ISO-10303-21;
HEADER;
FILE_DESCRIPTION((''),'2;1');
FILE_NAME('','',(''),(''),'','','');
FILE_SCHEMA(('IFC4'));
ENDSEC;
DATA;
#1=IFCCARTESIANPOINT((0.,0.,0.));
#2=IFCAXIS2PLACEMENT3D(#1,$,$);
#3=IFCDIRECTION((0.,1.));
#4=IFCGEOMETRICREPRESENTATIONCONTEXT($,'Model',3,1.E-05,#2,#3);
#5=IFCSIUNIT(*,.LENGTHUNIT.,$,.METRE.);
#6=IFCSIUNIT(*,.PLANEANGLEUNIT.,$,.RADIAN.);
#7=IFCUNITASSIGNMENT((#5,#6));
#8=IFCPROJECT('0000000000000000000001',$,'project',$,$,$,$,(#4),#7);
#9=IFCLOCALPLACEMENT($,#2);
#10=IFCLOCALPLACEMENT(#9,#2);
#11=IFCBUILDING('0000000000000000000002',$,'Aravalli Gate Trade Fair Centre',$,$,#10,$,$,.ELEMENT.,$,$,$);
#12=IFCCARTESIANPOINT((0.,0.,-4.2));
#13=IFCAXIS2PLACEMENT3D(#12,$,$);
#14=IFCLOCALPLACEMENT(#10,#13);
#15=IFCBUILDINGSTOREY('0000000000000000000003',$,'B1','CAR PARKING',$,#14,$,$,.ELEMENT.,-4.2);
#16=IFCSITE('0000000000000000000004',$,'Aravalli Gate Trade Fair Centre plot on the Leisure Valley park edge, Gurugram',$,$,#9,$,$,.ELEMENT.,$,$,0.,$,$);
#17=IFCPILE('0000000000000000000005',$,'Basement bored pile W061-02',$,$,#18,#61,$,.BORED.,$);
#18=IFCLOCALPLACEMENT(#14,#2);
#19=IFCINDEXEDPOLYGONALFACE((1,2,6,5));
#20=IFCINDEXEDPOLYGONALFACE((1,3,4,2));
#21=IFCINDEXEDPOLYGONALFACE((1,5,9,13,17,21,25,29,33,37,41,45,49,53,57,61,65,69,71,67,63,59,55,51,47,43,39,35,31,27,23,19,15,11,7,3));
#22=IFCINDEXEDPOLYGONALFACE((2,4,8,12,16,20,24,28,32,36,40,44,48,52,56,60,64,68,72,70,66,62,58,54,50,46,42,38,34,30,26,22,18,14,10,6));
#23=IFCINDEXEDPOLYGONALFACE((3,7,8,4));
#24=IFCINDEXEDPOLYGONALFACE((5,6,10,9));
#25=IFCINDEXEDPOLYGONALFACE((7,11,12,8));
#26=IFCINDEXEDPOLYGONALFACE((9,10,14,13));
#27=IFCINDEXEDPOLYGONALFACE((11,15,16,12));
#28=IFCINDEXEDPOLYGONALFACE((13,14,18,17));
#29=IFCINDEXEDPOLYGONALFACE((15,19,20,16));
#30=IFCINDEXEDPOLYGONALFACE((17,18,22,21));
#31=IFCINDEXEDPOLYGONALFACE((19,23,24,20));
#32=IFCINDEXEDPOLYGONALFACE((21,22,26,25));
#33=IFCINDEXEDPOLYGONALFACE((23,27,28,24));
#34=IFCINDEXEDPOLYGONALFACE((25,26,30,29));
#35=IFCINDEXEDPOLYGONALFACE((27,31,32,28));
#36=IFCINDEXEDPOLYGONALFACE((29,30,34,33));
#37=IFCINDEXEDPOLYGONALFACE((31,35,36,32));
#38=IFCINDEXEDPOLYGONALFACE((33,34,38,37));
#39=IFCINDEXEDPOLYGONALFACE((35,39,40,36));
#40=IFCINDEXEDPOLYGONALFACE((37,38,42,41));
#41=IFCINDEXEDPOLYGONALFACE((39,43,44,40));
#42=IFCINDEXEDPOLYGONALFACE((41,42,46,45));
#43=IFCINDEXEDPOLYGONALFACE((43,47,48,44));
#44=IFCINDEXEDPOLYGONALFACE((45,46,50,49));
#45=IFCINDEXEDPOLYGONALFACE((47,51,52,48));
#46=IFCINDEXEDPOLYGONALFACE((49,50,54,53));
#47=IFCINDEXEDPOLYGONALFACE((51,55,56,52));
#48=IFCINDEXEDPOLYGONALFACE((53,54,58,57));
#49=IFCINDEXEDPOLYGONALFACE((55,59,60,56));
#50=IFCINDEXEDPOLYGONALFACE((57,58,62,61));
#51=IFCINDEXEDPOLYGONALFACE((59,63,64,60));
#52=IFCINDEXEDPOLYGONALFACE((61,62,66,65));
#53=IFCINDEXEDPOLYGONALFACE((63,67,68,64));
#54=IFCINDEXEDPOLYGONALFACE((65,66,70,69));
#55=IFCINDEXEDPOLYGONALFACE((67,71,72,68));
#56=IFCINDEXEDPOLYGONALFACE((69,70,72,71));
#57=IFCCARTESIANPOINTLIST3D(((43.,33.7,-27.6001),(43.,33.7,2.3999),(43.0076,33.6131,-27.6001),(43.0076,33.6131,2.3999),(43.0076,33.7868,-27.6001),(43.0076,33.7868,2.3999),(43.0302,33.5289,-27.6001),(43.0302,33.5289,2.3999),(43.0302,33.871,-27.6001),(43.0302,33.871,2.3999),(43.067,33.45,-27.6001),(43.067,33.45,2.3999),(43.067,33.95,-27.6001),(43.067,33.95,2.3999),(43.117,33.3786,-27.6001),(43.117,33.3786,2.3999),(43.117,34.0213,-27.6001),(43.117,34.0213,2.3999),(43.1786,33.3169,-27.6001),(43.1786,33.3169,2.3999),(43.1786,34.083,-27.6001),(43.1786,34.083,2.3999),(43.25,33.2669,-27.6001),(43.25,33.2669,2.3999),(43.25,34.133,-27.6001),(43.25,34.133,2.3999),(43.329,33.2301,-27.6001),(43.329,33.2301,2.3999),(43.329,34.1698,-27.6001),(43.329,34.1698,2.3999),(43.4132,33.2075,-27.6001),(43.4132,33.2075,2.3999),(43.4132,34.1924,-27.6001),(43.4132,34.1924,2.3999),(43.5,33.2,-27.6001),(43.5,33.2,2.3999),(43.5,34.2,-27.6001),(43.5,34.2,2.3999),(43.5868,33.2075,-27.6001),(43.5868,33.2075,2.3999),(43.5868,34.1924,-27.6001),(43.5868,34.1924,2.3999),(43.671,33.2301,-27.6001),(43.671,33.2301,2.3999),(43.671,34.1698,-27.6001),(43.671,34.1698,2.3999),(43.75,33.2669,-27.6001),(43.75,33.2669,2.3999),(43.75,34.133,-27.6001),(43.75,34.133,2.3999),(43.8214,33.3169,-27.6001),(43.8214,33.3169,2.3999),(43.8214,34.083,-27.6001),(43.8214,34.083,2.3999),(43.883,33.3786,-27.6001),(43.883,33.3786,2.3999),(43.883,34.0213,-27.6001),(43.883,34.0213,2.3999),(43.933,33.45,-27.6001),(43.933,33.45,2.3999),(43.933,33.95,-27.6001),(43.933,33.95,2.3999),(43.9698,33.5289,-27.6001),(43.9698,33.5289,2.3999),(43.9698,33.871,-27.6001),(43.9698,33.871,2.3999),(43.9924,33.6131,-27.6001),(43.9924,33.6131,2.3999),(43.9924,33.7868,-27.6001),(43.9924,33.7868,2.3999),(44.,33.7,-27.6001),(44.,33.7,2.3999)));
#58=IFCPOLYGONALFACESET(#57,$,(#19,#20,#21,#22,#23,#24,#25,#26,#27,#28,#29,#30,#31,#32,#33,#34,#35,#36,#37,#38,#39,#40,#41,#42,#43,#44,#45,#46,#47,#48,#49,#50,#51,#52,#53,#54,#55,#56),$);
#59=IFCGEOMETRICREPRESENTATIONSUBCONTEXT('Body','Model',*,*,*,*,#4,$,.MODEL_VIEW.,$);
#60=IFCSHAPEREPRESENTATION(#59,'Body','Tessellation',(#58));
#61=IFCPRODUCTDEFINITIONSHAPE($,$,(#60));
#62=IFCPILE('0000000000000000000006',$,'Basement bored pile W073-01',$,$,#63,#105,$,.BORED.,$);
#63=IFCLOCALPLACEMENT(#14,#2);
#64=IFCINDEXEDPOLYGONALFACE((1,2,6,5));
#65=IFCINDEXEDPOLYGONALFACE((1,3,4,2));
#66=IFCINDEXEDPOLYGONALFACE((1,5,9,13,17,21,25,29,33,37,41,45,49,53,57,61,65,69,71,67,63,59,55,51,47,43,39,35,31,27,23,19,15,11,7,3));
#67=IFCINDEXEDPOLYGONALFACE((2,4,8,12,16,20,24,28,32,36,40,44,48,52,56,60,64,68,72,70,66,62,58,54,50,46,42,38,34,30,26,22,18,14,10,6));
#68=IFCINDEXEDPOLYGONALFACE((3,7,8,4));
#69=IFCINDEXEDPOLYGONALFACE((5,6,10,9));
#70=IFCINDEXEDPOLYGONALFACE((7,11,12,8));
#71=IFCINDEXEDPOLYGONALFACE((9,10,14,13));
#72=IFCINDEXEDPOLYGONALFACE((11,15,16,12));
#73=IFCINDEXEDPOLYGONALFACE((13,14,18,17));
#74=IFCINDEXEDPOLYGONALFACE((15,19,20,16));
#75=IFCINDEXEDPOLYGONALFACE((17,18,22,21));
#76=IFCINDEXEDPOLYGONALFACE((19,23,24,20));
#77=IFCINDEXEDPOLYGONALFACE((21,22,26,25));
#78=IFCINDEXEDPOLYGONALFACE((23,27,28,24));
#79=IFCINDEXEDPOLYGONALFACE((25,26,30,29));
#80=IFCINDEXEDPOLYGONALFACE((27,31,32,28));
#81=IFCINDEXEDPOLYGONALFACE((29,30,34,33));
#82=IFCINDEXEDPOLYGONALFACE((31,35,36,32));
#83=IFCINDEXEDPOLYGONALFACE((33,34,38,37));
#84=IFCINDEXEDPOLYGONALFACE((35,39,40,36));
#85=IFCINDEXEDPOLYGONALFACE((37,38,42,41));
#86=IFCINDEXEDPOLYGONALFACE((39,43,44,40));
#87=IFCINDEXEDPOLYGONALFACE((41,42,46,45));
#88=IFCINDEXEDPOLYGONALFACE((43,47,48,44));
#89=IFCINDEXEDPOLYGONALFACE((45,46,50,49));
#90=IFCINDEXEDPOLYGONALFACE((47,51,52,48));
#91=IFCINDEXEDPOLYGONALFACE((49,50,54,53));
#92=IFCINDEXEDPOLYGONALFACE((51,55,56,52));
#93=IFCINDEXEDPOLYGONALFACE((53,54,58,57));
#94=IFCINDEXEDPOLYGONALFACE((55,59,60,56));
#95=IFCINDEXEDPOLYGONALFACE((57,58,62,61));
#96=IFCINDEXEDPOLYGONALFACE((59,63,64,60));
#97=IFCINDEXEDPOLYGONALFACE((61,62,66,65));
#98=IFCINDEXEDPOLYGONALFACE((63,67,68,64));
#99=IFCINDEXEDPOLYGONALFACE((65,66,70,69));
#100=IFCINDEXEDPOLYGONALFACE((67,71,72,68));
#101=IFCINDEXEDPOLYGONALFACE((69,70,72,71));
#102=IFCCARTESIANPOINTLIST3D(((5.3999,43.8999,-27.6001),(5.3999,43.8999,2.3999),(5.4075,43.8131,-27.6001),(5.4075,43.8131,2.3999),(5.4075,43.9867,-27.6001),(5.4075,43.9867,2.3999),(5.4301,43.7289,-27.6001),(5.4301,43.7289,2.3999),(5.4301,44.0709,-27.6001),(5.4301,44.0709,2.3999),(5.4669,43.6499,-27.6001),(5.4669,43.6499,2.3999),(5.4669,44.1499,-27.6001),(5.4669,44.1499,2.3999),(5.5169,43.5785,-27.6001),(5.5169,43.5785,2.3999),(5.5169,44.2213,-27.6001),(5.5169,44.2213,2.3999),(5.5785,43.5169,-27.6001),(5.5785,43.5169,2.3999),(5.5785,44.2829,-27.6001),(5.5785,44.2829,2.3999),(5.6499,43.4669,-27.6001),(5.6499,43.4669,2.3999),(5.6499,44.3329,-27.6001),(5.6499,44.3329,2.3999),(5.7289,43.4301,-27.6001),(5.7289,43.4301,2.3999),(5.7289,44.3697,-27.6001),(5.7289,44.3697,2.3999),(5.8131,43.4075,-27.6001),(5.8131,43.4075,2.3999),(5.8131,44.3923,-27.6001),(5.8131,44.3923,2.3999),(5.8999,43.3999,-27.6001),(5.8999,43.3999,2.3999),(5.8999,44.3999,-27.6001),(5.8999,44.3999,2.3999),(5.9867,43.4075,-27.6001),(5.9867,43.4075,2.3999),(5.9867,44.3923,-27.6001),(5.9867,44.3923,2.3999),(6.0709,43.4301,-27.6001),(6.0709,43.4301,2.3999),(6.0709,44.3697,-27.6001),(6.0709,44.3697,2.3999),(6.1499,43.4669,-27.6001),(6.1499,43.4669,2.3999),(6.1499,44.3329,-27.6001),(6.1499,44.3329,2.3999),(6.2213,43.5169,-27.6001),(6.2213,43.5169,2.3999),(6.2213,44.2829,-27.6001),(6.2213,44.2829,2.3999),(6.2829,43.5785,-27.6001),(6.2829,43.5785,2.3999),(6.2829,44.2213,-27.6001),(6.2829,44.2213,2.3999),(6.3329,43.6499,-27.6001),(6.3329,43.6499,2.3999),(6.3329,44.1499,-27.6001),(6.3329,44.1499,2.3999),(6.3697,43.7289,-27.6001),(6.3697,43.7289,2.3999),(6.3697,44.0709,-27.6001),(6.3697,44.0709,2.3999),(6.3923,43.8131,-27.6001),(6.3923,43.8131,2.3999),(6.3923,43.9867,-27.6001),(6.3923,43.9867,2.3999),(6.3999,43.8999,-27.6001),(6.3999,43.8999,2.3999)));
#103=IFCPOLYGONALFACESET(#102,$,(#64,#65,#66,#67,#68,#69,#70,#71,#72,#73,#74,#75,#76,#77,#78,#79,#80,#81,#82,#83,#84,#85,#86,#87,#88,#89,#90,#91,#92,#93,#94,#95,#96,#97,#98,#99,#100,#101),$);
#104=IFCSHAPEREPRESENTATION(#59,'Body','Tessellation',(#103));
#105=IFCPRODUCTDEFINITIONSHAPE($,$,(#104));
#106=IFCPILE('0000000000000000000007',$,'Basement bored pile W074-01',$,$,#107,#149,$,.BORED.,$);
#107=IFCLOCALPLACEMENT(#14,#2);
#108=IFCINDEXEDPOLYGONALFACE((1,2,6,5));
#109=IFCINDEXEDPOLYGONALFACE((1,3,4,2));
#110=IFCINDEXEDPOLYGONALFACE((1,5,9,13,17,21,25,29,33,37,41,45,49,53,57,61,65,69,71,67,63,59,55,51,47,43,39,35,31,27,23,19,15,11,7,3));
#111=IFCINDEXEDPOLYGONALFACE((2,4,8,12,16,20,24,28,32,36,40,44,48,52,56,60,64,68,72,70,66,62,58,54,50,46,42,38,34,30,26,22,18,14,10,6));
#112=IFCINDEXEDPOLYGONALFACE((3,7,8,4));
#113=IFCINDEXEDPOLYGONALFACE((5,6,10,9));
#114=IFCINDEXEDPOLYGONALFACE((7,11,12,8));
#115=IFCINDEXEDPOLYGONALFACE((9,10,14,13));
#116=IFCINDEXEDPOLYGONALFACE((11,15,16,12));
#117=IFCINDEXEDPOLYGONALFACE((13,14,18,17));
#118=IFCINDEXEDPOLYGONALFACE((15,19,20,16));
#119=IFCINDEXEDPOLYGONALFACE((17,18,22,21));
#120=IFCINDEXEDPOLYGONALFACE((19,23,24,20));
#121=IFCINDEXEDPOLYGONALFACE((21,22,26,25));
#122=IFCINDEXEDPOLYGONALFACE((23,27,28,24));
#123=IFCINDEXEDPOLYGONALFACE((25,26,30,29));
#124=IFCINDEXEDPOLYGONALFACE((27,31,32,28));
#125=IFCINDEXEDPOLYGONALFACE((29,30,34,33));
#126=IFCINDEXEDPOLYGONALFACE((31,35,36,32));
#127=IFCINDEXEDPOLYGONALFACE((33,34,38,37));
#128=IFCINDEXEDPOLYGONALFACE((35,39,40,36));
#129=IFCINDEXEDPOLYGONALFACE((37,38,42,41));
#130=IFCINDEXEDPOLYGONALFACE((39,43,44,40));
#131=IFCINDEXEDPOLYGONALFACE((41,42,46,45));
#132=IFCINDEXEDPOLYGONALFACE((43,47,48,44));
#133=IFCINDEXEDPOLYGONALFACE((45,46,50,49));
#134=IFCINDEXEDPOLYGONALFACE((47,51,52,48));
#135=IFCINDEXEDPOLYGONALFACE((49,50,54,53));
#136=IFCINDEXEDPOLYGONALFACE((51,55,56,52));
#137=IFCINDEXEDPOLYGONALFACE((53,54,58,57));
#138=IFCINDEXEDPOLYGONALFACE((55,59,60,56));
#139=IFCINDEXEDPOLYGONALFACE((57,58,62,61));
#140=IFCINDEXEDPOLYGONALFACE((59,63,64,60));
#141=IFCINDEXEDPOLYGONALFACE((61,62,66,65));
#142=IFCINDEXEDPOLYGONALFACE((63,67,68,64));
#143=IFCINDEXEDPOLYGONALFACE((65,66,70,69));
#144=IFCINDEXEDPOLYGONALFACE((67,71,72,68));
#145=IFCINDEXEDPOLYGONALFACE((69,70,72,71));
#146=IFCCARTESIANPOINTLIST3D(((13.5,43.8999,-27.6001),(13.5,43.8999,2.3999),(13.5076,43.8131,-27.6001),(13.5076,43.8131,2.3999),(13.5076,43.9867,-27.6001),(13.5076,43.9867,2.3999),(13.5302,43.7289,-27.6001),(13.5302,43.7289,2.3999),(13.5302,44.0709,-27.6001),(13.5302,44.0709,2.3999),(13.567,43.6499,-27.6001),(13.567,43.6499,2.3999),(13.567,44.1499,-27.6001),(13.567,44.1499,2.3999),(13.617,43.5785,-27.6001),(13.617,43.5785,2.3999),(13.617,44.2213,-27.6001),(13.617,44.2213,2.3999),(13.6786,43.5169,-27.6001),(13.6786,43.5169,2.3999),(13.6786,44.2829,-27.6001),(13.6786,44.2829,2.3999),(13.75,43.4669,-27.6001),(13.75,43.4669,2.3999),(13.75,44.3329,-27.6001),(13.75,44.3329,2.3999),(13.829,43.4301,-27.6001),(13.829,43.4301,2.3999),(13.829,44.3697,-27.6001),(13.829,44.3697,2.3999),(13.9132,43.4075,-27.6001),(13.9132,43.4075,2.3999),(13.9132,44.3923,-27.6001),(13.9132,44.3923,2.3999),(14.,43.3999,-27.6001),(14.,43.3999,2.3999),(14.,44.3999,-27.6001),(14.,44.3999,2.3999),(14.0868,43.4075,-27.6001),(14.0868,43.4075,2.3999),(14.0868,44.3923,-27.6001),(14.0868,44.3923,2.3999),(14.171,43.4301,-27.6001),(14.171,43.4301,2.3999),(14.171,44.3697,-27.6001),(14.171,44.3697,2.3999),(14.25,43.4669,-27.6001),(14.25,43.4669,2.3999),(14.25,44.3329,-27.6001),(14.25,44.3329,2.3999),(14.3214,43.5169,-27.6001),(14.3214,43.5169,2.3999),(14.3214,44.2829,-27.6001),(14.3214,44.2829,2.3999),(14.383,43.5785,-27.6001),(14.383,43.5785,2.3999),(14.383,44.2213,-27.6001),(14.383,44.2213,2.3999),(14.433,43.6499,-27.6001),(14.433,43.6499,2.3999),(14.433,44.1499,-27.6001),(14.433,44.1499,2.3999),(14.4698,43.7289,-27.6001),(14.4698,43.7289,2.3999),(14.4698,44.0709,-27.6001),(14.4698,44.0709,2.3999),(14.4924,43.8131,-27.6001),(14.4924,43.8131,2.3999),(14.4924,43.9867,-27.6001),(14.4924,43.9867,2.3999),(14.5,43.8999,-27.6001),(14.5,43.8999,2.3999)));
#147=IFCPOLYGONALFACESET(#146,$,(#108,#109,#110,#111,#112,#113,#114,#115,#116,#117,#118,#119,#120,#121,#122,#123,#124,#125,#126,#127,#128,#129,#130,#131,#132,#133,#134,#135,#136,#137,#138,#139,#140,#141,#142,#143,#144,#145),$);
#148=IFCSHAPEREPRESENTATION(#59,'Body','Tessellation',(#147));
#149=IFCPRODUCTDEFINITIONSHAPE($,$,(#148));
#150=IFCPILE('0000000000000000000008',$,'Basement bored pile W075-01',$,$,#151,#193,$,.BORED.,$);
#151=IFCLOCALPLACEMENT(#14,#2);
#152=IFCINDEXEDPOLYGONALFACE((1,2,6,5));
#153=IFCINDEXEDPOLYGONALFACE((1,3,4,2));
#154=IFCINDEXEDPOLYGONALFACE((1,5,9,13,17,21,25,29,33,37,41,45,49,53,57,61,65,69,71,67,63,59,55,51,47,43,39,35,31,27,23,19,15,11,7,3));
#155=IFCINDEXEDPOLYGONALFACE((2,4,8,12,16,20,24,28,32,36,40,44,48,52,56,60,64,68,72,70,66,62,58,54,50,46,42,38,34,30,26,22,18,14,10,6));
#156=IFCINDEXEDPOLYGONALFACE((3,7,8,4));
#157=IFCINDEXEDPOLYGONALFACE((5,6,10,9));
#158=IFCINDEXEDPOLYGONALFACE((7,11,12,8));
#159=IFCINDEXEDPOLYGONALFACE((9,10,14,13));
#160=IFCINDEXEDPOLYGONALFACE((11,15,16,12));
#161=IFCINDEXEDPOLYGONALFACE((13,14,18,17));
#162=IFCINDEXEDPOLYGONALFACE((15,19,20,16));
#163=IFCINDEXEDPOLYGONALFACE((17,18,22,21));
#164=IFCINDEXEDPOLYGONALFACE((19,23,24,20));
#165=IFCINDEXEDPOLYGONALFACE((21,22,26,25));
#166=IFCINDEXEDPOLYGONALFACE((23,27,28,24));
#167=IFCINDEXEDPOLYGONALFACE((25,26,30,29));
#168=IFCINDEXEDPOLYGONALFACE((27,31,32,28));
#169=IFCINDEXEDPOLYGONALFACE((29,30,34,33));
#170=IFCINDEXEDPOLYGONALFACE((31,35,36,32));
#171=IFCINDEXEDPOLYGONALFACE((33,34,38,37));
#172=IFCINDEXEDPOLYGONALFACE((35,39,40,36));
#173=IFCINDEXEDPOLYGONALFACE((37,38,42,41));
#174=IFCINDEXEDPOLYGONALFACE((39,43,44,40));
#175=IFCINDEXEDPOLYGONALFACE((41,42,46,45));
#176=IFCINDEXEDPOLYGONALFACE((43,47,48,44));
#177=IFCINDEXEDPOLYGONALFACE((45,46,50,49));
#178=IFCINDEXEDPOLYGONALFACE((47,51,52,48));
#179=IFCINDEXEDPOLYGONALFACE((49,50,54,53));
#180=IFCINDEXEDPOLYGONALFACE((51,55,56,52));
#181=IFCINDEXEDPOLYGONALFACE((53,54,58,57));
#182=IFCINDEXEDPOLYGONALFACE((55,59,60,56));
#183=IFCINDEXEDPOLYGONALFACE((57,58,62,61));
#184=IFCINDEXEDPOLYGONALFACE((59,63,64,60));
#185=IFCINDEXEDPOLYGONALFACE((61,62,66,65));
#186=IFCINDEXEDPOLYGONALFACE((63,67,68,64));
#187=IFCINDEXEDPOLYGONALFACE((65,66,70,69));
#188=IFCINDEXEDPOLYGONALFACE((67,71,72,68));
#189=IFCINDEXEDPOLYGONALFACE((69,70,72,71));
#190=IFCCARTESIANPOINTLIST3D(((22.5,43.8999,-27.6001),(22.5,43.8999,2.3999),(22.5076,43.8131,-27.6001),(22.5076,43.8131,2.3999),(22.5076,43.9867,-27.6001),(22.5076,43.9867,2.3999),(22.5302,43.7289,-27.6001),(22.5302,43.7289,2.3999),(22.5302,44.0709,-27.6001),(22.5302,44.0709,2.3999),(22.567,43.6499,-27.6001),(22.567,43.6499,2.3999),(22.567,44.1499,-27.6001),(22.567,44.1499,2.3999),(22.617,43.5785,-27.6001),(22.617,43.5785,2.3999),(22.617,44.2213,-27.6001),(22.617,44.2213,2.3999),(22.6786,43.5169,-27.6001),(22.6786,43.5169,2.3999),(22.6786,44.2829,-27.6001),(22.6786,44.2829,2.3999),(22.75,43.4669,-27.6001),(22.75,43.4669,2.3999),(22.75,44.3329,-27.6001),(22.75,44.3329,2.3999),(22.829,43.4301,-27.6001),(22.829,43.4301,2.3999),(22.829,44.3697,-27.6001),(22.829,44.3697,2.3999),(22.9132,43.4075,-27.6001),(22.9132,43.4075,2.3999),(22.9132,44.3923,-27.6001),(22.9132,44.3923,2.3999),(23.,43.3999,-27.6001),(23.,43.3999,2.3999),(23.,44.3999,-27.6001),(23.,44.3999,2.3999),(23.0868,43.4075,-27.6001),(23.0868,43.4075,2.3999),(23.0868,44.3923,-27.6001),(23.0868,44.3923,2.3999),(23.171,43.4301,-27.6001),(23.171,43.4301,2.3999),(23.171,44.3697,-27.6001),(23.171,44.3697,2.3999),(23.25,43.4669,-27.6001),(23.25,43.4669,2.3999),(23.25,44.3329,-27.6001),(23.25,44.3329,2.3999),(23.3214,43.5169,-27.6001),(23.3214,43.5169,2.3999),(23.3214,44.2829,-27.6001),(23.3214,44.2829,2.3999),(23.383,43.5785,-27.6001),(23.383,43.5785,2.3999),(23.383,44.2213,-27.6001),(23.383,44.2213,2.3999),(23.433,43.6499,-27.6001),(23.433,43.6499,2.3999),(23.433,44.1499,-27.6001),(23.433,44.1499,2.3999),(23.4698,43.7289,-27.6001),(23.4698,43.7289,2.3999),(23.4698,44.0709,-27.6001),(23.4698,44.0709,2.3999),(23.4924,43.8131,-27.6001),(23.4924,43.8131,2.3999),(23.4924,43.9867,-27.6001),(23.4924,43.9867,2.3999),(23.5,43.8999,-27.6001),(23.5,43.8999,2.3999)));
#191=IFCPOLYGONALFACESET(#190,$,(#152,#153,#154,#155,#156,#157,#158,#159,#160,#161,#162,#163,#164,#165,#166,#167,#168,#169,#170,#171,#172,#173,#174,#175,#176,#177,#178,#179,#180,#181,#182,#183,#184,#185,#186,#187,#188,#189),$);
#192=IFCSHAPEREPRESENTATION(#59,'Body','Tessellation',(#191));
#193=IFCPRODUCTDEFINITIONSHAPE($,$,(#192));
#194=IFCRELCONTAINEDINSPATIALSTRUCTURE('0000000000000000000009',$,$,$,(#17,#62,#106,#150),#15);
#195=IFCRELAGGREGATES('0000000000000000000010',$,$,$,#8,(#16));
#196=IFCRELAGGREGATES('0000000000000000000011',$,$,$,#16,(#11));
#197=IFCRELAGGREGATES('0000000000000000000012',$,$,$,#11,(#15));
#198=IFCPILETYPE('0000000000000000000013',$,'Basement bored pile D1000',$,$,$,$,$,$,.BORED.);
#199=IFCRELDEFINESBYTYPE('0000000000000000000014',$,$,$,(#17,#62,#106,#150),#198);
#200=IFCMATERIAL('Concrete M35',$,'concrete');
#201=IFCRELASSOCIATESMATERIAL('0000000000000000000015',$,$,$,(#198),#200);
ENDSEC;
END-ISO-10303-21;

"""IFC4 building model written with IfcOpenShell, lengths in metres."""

from ifc_helpers import new_model, si_unit, direction, frame, origin, origin_2d, place, context, subcontext, project, spatial, circle, extrude, material, material_profile, profile_set, type_object, element, save


model = new_model("IFC4")

# Units and contexts
model_context = context("Model", 3, precision=1e-05, world=origin(), true_north=direction((0.0, 1.0)))
body_context = subcontext(model_context, "Body", "Model", "MODEL_VIEW")
ifc_project = project(units=[si_unit("LENGTHUNIT", "METRE"), si_unit("PLANEANGLEUNIT", "RADIAN")], contexts=[model_context])

# Site, building, storey
site_placement = place(None, origin())
site = spatial("IfcSite", under=ifc_project, at=site_placement, Name="Aravalli Gate Trade Fair Centre plot on the Leisure Valley park edge, Gurugram", CompositionType="ELEMENT", RefElevation=0.0)
building_placement = place(site_placement, origin())
building = spatial("IfcBuilding", under=site, at=building_placement, Name="Aravalli Gate Trade Fair Centre", CompositionType="ELEMENT")
storey_placement = place(building_placement, frame((0.0, 0.0, -4.2)))
storey = spatial("IfcBuildingStorey", under=building, at=storey_placement, Name="B1", Description="CAR PARKING", CompositionType="ELEMENT", Elevation=-4.2)

# Piles
ifc_material_1 = material(Name="Concrete M35", Category="concrete")
ifc_material_profile_1 = material_profile(ifc_material_1, circle(Radius=0.5, at=origin_2d()), Name="D1000")
ifc_profile_set_1 = profile_set([ifc_material_profile_1], Name="Concrete M35")
pile_type = type_object("IfcPileType", Name="Basement bored pile D1000", PredefinedType="BORED", material=ifc_profile_set_1)
for number, where, z_axis, x_axis, name in (
    (1, (43.5, 33.7, 2.3999), (0.0, 0.0, -1.0), (1.0, 0.0, 0.0), "Basement bored pile W061-02"),
    (2, (5.8999, 43.8999, 2.3999), (0.0, 0.0, -1.0), (1.0, 0.0, 0.0), "Basement bored pile W073-01"),
    (3, (14.0, 43.8999, 2.3999), (0.0, 0.0, -1.0), (1.0, 0.0, 0.0), "Basement bored pile W074-01"),
    (4, (23.0, 43.8999, 2.3999), (0.0, 0.0, -1.0), (1.0, 0.0, 0.0), "Basement bored pile W075-01"),
):
    element("IfcPile", number, at=place(storey_placement, frame(where, z_axis=z_axis, x_axis=x_axis)), inside=storey, type_object=pile_type, Name=name, PredefinedType="BORED", context=body_context, shape_type="SweptSolid", body=[
        extrude(circle(Radius=0.5, at=origin_2d()), origin(), (0.0, 0.0, 1.0), 30.0),
    ])

save(model, "model.ifc")
